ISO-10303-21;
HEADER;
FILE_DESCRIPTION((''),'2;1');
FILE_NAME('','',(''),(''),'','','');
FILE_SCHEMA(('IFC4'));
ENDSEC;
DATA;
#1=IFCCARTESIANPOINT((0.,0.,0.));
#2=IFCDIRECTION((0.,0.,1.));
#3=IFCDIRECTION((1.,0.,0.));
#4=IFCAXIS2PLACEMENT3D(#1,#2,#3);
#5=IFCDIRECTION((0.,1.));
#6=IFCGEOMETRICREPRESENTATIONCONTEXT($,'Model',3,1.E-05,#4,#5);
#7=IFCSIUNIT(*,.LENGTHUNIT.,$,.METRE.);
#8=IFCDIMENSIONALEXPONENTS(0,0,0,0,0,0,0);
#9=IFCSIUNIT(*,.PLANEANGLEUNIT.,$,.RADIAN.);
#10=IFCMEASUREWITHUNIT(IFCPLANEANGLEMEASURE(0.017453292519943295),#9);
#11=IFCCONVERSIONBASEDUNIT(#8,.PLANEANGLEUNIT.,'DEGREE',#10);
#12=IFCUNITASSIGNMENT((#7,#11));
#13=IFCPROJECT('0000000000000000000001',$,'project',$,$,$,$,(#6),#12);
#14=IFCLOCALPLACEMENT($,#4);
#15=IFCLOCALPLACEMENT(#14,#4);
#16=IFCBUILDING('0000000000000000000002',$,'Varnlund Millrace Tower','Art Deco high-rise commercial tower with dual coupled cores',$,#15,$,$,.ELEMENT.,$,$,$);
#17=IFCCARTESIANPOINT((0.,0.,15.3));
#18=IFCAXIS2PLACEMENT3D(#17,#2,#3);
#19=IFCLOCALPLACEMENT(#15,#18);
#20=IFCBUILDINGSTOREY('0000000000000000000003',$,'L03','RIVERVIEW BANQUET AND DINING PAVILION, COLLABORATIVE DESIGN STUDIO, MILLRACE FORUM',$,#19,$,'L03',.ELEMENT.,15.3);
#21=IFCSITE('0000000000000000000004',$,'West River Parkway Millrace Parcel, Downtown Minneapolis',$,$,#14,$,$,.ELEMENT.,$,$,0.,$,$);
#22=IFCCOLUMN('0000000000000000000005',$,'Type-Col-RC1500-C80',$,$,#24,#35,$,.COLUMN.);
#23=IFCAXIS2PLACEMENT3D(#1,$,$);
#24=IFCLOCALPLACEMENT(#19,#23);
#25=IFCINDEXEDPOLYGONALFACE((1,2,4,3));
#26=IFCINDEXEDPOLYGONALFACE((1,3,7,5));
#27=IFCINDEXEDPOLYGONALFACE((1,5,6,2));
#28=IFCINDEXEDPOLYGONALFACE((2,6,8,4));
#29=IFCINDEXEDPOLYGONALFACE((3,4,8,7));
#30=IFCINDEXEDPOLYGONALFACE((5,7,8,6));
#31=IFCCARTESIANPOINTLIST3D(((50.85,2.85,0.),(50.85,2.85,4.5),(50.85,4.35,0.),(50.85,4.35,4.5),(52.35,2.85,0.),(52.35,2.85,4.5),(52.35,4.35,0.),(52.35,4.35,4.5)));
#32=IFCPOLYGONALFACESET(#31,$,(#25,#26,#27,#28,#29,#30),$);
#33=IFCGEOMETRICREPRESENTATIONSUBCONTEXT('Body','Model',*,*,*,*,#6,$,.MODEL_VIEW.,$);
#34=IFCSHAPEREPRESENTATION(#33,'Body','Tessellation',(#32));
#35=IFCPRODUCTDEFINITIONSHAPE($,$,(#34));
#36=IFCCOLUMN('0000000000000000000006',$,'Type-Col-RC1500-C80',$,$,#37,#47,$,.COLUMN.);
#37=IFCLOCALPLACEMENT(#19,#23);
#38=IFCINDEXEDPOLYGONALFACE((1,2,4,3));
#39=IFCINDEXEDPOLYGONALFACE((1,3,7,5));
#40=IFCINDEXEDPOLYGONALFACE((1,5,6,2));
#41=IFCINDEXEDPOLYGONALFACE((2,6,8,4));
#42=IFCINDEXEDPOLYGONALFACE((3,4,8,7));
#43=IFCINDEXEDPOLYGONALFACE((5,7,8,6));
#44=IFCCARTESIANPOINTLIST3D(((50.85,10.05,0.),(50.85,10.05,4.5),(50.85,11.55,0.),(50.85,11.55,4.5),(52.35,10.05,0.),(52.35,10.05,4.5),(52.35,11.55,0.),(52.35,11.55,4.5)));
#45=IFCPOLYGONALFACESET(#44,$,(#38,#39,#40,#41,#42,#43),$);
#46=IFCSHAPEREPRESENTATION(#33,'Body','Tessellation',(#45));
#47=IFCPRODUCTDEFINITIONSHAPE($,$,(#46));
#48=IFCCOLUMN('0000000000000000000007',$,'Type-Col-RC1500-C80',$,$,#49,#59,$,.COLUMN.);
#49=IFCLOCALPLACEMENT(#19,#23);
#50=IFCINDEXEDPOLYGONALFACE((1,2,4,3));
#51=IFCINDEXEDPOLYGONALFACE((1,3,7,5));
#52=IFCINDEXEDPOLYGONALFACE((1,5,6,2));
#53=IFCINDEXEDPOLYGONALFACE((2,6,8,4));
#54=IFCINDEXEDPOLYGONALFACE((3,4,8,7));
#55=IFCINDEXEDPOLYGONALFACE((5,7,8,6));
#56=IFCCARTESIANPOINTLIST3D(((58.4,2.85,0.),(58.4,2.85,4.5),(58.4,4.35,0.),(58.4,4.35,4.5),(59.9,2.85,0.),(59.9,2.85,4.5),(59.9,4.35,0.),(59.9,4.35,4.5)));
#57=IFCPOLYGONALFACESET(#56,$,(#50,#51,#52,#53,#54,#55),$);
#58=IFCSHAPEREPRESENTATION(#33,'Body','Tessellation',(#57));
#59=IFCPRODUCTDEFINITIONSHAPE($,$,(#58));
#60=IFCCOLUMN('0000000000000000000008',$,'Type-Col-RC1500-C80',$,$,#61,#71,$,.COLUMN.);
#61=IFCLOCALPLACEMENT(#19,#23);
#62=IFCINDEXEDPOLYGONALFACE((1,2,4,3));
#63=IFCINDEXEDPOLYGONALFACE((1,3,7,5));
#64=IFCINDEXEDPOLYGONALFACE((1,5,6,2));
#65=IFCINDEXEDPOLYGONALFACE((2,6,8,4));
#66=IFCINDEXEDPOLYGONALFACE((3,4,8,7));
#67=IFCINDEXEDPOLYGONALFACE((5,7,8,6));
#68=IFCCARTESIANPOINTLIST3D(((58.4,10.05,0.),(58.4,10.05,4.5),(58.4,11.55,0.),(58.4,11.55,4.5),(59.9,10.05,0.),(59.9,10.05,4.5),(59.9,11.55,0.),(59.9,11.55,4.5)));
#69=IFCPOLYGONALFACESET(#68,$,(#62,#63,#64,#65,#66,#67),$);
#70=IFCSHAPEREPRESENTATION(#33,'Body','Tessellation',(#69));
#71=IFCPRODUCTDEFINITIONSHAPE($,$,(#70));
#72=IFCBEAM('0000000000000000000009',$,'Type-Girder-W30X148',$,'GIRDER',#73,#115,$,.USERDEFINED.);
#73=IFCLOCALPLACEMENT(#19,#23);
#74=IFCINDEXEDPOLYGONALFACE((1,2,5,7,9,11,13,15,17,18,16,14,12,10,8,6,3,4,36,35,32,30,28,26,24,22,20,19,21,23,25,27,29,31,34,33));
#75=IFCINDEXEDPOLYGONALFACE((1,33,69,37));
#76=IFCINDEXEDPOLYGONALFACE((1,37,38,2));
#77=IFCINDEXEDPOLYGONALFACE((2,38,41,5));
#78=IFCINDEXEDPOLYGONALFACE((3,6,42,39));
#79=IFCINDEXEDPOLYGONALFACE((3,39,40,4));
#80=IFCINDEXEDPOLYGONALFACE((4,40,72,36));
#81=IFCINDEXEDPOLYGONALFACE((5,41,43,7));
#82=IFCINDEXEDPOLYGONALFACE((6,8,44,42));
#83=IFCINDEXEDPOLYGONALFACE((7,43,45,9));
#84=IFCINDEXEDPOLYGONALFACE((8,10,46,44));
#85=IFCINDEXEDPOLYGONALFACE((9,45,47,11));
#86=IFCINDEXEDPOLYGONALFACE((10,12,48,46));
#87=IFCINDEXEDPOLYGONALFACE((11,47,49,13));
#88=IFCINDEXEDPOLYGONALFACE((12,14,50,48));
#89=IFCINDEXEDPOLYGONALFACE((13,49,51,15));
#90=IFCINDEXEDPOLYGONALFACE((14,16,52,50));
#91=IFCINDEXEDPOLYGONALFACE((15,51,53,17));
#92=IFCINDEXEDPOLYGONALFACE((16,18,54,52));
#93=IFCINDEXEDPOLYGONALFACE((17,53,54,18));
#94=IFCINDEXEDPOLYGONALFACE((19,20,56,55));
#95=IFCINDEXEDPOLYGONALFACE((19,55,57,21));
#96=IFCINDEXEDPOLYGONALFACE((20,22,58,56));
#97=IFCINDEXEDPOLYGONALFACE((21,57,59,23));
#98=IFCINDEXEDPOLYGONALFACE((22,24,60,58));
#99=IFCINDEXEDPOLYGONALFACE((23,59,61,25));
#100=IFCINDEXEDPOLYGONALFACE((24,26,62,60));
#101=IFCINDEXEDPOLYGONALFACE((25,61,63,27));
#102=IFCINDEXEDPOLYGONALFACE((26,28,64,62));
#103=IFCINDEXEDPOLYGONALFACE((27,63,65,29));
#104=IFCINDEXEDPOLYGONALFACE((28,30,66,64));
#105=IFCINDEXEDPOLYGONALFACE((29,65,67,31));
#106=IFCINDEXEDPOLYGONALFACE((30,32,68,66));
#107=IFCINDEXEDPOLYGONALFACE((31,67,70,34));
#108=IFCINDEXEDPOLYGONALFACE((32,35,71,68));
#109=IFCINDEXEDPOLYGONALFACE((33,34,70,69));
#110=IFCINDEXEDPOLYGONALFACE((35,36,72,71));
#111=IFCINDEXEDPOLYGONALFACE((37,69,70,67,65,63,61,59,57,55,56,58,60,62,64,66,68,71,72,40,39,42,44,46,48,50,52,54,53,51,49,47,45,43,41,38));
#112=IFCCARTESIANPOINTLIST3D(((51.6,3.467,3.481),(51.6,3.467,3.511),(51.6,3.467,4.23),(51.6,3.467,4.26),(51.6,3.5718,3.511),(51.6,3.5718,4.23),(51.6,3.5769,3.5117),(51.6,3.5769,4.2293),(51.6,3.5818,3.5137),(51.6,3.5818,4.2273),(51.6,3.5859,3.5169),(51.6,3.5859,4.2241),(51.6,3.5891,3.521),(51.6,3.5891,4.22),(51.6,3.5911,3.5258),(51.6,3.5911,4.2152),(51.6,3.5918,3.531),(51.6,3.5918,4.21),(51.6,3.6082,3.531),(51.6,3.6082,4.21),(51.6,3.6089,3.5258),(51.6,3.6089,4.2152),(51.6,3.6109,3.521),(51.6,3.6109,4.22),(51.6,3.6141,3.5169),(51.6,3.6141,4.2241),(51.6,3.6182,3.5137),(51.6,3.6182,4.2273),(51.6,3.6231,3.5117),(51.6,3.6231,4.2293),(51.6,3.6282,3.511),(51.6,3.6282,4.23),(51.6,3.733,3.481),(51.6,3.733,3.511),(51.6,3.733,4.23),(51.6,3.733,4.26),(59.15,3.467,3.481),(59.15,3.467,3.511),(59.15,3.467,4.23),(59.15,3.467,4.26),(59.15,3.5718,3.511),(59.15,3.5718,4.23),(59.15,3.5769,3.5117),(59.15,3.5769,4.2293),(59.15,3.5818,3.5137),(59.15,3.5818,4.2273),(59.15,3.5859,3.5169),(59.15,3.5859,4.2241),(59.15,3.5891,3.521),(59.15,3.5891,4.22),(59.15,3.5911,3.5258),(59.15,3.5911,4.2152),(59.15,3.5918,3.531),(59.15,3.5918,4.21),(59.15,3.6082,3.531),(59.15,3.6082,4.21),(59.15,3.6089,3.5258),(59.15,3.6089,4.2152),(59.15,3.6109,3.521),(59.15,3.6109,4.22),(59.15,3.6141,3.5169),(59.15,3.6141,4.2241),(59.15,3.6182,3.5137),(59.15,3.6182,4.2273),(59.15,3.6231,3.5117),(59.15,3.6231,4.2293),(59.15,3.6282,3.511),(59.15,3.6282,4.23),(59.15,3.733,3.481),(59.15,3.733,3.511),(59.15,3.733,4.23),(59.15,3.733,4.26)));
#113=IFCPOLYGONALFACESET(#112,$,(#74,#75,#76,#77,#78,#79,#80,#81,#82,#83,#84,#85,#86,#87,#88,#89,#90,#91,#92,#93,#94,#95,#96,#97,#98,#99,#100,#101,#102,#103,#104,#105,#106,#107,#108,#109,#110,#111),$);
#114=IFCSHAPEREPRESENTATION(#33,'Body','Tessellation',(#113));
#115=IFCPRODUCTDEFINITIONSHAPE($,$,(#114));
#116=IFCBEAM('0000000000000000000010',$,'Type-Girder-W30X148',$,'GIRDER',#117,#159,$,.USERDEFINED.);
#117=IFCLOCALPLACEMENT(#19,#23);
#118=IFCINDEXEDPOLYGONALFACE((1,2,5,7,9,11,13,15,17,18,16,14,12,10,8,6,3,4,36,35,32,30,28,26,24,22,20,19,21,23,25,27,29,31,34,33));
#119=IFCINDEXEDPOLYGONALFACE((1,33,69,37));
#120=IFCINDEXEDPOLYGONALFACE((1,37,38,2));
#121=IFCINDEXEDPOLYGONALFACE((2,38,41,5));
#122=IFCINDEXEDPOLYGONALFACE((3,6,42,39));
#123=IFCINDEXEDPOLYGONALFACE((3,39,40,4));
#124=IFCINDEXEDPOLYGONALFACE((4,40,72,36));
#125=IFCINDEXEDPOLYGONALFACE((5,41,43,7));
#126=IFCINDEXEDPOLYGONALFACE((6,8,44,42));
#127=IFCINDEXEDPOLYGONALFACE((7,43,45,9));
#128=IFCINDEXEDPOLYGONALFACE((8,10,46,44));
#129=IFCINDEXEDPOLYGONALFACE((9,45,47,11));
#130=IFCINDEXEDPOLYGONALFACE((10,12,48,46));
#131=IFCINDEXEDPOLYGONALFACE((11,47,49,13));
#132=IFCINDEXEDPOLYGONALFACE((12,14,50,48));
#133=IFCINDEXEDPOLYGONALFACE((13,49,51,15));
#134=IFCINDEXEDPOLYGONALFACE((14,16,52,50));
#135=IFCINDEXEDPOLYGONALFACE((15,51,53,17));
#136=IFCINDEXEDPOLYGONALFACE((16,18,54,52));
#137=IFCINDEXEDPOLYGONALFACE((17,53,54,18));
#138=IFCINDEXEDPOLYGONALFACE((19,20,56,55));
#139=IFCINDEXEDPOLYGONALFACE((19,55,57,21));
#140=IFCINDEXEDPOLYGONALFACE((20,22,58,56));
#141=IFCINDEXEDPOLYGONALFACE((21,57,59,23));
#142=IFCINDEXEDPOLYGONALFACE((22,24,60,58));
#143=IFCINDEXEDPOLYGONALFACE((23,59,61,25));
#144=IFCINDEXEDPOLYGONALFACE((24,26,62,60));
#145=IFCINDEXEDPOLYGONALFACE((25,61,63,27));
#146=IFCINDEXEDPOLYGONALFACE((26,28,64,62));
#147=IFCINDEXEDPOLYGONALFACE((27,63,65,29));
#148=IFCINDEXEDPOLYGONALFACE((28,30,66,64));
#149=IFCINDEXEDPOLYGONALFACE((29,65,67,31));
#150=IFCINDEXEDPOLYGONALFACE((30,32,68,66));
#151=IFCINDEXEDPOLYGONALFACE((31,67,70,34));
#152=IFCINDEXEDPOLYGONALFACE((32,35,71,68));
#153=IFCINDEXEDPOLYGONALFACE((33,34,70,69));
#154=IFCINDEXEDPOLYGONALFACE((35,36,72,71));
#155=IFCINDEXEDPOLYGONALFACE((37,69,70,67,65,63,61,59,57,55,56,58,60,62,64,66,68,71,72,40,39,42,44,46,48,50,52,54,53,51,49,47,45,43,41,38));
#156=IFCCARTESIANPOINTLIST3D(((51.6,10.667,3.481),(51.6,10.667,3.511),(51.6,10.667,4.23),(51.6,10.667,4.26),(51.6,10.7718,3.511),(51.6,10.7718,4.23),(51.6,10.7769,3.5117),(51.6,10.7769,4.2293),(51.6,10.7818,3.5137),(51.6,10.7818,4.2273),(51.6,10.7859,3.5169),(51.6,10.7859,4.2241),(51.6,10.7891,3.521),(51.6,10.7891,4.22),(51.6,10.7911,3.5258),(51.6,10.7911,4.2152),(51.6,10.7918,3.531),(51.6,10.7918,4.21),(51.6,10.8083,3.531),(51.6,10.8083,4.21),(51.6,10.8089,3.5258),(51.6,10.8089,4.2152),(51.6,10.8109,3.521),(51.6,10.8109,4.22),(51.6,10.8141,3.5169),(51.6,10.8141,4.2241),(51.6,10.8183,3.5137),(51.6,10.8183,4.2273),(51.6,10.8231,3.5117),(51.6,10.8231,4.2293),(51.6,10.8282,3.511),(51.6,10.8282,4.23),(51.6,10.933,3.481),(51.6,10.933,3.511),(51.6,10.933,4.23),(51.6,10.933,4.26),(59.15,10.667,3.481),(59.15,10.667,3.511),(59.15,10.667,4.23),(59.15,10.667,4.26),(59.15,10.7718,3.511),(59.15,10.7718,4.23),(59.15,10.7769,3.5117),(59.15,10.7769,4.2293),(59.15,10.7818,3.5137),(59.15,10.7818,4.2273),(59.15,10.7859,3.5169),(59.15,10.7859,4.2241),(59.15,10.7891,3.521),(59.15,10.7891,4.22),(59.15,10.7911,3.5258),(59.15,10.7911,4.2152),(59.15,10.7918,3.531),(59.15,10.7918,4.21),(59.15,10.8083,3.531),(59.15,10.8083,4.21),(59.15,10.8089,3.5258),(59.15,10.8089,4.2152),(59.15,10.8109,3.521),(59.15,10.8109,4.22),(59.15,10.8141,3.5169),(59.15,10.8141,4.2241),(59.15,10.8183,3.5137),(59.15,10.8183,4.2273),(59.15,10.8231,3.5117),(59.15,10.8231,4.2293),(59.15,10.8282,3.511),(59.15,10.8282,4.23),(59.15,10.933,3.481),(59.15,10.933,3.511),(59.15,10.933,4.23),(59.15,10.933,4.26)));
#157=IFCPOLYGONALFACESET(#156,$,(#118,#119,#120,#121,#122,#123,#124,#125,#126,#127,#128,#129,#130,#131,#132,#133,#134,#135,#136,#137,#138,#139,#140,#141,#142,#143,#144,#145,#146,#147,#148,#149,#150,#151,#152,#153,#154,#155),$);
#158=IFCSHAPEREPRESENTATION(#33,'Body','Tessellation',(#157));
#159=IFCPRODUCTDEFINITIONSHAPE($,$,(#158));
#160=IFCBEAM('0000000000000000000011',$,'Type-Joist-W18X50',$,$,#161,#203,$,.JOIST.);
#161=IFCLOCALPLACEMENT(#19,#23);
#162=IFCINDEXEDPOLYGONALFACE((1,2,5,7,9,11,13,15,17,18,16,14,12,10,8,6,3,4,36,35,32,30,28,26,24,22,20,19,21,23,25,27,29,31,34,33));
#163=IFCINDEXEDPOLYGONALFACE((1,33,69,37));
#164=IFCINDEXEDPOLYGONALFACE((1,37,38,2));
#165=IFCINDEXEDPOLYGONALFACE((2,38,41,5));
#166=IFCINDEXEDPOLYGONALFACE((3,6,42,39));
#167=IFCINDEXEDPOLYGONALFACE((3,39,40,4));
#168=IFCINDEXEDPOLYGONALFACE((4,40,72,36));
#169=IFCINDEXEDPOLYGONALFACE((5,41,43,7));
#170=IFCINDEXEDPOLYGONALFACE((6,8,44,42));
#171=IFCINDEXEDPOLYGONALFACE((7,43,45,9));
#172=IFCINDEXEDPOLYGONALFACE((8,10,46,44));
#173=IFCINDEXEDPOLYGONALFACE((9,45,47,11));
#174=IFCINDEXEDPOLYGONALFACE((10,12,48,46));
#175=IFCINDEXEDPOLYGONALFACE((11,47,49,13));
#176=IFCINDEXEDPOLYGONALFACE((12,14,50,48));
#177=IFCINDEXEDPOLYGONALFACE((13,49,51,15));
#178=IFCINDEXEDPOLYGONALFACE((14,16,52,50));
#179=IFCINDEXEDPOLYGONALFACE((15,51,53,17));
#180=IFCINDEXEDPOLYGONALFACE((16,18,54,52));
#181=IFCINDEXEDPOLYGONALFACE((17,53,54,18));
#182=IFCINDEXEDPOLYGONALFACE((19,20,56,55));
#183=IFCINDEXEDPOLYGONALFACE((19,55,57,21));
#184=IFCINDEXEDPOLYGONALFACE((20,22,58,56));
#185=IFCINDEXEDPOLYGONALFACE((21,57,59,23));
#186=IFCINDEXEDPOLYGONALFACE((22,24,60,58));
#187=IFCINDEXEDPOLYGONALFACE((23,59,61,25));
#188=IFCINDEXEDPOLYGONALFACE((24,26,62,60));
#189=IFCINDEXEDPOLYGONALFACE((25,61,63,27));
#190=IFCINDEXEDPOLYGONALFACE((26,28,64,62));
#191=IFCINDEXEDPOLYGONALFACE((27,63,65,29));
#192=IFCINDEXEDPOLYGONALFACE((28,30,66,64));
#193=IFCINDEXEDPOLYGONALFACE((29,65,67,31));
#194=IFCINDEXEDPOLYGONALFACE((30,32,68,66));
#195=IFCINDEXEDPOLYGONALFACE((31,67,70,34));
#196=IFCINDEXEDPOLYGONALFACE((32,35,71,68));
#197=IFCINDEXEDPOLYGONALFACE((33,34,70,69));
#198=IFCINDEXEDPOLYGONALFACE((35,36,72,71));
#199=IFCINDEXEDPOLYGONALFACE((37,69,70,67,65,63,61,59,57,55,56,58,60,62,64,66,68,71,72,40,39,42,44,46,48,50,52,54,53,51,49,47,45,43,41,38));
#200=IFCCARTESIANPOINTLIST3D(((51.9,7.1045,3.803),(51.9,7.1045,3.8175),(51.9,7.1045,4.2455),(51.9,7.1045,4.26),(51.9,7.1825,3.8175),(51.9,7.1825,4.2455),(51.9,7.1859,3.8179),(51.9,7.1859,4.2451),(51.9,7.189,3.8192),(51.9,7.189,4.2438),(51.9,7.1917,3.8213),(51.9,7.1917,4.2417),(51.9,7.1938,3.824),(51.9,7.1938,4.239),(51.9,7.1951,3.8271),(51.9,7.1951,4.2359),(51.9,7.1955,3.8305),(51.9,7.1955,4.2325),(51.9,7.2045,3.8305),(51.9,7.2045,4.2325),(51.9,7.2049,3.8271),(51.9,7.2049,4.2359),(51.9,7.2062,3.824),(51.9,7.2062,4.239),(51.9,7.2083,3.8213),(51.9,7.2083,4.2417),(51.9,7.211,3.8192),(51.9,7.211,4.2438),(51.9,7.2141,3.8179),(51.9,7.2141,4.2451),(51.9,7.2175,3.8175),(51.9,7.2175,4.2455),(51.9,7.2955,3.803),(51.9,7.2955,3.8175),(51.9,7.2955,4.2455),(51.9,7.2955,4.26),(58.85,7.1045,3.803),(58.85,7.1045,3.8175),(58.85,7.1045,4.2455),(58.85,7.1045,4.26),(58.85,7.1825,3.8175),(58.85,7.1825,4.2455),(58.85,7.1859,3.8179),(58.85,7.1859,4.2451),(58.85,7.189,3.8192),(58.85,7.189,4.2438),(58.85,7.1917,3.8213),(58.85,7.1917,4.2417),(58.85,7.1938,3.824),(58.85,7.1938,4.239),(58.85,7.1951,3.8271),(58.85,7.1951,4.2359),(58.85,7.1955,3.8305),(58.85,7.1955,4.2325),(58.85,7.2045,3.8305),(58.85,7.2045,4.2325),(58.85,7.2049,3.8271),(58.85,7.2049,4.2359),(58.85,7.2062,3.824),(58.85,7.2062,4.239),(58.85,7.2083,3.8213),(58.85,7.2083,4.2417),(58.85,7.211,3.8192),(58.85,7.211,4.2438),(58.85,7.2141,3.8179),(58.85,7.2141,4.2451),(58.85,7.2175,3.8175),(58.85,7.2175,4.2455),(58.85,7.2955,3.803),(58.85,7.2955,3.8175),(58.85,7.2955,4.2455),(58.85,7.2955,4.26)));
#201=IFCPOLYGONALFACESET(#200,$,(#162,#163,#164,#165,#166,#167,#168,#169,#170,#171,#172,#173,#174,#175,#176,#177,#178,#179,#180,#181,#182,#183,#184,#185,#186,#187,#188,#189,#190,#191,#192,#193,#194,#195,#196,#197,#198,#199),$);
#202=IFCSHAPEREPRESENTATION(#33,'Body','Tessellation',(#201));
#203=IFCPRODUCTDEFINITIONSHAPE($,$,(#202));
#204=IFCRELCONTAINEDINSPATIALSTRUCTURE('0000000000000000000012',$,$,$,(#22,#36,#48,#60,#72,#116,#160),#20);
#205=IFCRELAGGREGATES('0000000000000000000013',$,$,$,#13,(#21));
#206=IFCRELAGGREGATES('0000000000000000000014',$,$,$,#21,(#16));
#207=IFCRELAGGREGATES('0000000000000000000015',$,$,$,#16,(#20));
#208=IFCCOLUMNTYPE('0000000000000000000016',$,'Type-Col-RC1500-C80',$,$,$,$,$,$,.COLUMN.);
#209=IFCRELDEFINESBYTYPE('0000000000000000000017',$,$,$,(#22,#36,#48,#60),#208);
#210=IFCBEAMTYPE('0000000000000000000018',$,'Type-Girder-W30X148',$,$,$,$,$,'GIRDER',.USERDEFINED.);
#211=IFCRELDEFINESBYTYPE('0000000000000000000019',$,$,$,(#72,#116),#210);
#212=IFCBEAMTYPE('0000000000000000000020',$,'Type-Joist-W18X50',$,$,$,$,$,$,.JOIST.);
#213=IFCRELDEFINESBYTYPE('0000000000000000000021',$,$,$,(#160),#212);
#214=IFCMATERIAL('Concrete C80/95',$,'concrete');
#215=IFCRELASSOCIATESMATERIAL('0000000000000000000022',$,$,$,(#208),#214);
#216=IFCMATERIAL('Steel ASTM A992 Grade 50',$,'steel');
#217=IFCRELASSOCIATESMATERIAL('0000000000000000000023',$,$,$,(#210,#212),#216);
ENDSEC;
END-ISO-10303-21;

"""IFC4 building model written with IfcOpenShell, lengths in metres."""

from ifc_helpers import new_model, entity, si_unit, converted_unit, direction, frame, origin_with_axes, origin_2d_with_axis, place, context, subcontext, project, spatial, rectangle, i_section, extrude, material, material_profile, profile_set, type_object, element, save


model = new_model("IFC4")

# Units and contexts
model_context = context("Model", 3, precision=1e-05, world=origin_with_axes(), true_north=direction((0.0, 1.0)))
body_context = subcontext(model_context, "Body", "Model", "MODEL_VIEW")
ifc_project = project(units=[si_unit("LENGTHUNIT", "METRE"), converted_unit("PLANEANGLEUNIT", "DEGREE", entity("IfcPlaneAngleMeasure", 0.017453292519943295), si_unit("PLANEANGLEUNIT", "RADIAN"), dimensions=[0, 0, 0, 0, 0, 0, 0])], contexts=[model_context])

# Site, building, storey
site_placement = place(None, origin_with_axes())
site = spatial("IfcSite", under=ifc_project, at=site_placement, Name="West River Parkway Millrace Parcel, Downtown Minneapolis", CompositionType="ELEMENT", RefElevation=0.0)
building_placement = place(site_placement, origin_with_axes())
building = spatial("IfcBuilding", under=site, at=building_placement, Name="Varnlund Millrace Tower", Description="Art Deco high-rise commercial tower with dual coupled cores", CompositionType="ELEMENT")
storey_placement = place(building_placement, frame((0.0, 0.0, 15.3), z_axis=(0.0, 0.0, 1.0), x_axis=(1.0, 0.0, 0.0)))
storey = spatial("IfcBuildingStorey", under=building, at=storey_placement, Name="L03", Description="RIVERVIEW BANQUET AND DINING PAVILION, COLLABORATIVE DESIGN STUDIO, MILLRACE FORUM", LongName="L03", CompositionType="ELEMENT", Elevation=15.3)

# Columns
ifc_material_1 = material(Name="Concrete C80/95", Category="concrete")
ifc_material_profile_1 = material_profile(ifc_material_1, rectangle(XDim=1.5, YDim=1.5, at=origin_2d_with_axis()), Name="Concrete C80/95")
ifc_profile_set_1 = profile_set([ifc_material_profile_1], Name="Concrete C80/95")
column_type = type_object("IfcColumnType", Name="Type-Col-RC1500-C80", PredefinedType="COLUMN", material=ifc_profile_set_1)
for number, where, z_axis, x_axis, name in (
    (1, (51.6, 3.6, 0.0), (0.0, 0.0, 1.0), (1.0, 0.0, 0.0), "Type-Col-RC1500-C80"),
    (2, (51.6, 10.8, 0.0), (0.0, 0.0, 1.0), (1.0, 0.0, 0.0), "Type-Col-RC1500-C80"),
    (3, (59.15, 3.6, 0.0), (0.0, 0.0, 1.0), (1.0, 0.0, 0.0), "Type-Col-RC1500-C80"),
    (4, (59.15, 10.8, 0.0), (0.0, 0.0, 1.0), (1.0, 0.0, 0.0), "Type-Col-RC1500-C80"),
):
    element("IfcColumn", number, at=place(storey_placement, frame(where, z_axis=z_axis, x_axis=x_axis)), inside=storey, type_object=column_type, Name=name, PredefinedType="COLUMN", context=body_context, shape_type="SweptSolid", body=[
        extrude(rectangle(XDim=1.5, YDim=1.5, at=origin_2d_with_axis()), origin_with_axes(), (0.0, 0.0, 1.0), 4.5),
    ])

# Beams
ifc_material_2 = material(Name="Steel ASTM A992 Grade 50", Category="steel")
ifc_material_profile_2 = material_profile(ifc_material_2, i_section(OverallWidth=0.266, OverallDepth=0.779, WebThickness=0.0165, FlangeThickness=0.03, FilletRadius=0.02, at=origin_2d_with_axis()), Name="Steel ASTM A992 Grade 50")
ifc_profile_set_2 = profile_set([ifc_material_profile_2], Name="Steel ASTM A992 Grade 50")
beam_type_1 = type_object("IfcBeamType", Name="Type-Girder-W30X148", ElementType="GIRDER", PredefinedType="USERDEFINED", material=ifc_profile_set_2)
for number, where, z_axis, x_axis, name in (
    (5, (51.6, 3.6, 3.8705), (1.0, 0.0, 0.0), (0.0, 1.0, 0.0), "Type-Girder-W30X148"),
    (6, (51.6, 10.8, 3.8705), (1.0, 0.0, 0.0), (0.0, 1.0, 0.0), "Type-Girder-W30X148"),
):
    element("IfcBeam", number, at=place(storey_placement, frame(where, z_axis=z_axis, x_axis=x_axis)), inside=storey, type_object=beam_type_1, Name=name, ObjectType="GIRDER", PredefinedType="USERDEFINED", context=body_context, shape_type="SweptSolid", body=[
        extrude(i_section(OverallWidth=0.266, OverallDepth=0.779, WebThickness=0.0165, FlangeThickness=0.03, FilletRadius=0.02, at=origin_2d_with_axis()), origin_with_axes(), (0.0, 0.0, 1.0), 7.55),
    ])
ifc_material_profile_3 = material_profile(ifc_material_2, i_section(OverallWidth=0.191, OverallDepth=0.457, WebThickness=0.009, FlangeThickness=0.0145, FilletRadius=0.013, at=origin_2d_with_axis()), Name="Steel ASTM A992 Grade 50")
ifc_profile_set_3 = profile_set([ifc_material_profile_3], Name="Steel ASTM A992 Grade 50")
beam_type_2 = type_object("IfcBeamType", Name="Type-Joist-W18X50", PredefinedType="JOIST", material=ifc_profile_set_3)
beam_placement = place(storey_placement, frame((51.9, 7.2, 4.0315), z_axis=(1.0, 0.0, 0.0), x_axis=(0.0, 1.0, 0.0)))
element("IfcBeam", 7, at=beam_placement, inside=storey, type_object=beam_type_2, Name="Type-Joist-W18X50", PredefinedType="JOIST", context=body_context, shape_type="SweptSolid", body=[
    extrude(i_section(OverallWidth=0.191, OverallDepth=0.457, WebThickness=0.009, FlangeThickness=0.0145, FilletRadius=0.013, at=origin_2d_with_axis()), origin_with_axes(), (0.0, 0.0, 1.0), 6.95),
])

save(model, "model.ifc")
